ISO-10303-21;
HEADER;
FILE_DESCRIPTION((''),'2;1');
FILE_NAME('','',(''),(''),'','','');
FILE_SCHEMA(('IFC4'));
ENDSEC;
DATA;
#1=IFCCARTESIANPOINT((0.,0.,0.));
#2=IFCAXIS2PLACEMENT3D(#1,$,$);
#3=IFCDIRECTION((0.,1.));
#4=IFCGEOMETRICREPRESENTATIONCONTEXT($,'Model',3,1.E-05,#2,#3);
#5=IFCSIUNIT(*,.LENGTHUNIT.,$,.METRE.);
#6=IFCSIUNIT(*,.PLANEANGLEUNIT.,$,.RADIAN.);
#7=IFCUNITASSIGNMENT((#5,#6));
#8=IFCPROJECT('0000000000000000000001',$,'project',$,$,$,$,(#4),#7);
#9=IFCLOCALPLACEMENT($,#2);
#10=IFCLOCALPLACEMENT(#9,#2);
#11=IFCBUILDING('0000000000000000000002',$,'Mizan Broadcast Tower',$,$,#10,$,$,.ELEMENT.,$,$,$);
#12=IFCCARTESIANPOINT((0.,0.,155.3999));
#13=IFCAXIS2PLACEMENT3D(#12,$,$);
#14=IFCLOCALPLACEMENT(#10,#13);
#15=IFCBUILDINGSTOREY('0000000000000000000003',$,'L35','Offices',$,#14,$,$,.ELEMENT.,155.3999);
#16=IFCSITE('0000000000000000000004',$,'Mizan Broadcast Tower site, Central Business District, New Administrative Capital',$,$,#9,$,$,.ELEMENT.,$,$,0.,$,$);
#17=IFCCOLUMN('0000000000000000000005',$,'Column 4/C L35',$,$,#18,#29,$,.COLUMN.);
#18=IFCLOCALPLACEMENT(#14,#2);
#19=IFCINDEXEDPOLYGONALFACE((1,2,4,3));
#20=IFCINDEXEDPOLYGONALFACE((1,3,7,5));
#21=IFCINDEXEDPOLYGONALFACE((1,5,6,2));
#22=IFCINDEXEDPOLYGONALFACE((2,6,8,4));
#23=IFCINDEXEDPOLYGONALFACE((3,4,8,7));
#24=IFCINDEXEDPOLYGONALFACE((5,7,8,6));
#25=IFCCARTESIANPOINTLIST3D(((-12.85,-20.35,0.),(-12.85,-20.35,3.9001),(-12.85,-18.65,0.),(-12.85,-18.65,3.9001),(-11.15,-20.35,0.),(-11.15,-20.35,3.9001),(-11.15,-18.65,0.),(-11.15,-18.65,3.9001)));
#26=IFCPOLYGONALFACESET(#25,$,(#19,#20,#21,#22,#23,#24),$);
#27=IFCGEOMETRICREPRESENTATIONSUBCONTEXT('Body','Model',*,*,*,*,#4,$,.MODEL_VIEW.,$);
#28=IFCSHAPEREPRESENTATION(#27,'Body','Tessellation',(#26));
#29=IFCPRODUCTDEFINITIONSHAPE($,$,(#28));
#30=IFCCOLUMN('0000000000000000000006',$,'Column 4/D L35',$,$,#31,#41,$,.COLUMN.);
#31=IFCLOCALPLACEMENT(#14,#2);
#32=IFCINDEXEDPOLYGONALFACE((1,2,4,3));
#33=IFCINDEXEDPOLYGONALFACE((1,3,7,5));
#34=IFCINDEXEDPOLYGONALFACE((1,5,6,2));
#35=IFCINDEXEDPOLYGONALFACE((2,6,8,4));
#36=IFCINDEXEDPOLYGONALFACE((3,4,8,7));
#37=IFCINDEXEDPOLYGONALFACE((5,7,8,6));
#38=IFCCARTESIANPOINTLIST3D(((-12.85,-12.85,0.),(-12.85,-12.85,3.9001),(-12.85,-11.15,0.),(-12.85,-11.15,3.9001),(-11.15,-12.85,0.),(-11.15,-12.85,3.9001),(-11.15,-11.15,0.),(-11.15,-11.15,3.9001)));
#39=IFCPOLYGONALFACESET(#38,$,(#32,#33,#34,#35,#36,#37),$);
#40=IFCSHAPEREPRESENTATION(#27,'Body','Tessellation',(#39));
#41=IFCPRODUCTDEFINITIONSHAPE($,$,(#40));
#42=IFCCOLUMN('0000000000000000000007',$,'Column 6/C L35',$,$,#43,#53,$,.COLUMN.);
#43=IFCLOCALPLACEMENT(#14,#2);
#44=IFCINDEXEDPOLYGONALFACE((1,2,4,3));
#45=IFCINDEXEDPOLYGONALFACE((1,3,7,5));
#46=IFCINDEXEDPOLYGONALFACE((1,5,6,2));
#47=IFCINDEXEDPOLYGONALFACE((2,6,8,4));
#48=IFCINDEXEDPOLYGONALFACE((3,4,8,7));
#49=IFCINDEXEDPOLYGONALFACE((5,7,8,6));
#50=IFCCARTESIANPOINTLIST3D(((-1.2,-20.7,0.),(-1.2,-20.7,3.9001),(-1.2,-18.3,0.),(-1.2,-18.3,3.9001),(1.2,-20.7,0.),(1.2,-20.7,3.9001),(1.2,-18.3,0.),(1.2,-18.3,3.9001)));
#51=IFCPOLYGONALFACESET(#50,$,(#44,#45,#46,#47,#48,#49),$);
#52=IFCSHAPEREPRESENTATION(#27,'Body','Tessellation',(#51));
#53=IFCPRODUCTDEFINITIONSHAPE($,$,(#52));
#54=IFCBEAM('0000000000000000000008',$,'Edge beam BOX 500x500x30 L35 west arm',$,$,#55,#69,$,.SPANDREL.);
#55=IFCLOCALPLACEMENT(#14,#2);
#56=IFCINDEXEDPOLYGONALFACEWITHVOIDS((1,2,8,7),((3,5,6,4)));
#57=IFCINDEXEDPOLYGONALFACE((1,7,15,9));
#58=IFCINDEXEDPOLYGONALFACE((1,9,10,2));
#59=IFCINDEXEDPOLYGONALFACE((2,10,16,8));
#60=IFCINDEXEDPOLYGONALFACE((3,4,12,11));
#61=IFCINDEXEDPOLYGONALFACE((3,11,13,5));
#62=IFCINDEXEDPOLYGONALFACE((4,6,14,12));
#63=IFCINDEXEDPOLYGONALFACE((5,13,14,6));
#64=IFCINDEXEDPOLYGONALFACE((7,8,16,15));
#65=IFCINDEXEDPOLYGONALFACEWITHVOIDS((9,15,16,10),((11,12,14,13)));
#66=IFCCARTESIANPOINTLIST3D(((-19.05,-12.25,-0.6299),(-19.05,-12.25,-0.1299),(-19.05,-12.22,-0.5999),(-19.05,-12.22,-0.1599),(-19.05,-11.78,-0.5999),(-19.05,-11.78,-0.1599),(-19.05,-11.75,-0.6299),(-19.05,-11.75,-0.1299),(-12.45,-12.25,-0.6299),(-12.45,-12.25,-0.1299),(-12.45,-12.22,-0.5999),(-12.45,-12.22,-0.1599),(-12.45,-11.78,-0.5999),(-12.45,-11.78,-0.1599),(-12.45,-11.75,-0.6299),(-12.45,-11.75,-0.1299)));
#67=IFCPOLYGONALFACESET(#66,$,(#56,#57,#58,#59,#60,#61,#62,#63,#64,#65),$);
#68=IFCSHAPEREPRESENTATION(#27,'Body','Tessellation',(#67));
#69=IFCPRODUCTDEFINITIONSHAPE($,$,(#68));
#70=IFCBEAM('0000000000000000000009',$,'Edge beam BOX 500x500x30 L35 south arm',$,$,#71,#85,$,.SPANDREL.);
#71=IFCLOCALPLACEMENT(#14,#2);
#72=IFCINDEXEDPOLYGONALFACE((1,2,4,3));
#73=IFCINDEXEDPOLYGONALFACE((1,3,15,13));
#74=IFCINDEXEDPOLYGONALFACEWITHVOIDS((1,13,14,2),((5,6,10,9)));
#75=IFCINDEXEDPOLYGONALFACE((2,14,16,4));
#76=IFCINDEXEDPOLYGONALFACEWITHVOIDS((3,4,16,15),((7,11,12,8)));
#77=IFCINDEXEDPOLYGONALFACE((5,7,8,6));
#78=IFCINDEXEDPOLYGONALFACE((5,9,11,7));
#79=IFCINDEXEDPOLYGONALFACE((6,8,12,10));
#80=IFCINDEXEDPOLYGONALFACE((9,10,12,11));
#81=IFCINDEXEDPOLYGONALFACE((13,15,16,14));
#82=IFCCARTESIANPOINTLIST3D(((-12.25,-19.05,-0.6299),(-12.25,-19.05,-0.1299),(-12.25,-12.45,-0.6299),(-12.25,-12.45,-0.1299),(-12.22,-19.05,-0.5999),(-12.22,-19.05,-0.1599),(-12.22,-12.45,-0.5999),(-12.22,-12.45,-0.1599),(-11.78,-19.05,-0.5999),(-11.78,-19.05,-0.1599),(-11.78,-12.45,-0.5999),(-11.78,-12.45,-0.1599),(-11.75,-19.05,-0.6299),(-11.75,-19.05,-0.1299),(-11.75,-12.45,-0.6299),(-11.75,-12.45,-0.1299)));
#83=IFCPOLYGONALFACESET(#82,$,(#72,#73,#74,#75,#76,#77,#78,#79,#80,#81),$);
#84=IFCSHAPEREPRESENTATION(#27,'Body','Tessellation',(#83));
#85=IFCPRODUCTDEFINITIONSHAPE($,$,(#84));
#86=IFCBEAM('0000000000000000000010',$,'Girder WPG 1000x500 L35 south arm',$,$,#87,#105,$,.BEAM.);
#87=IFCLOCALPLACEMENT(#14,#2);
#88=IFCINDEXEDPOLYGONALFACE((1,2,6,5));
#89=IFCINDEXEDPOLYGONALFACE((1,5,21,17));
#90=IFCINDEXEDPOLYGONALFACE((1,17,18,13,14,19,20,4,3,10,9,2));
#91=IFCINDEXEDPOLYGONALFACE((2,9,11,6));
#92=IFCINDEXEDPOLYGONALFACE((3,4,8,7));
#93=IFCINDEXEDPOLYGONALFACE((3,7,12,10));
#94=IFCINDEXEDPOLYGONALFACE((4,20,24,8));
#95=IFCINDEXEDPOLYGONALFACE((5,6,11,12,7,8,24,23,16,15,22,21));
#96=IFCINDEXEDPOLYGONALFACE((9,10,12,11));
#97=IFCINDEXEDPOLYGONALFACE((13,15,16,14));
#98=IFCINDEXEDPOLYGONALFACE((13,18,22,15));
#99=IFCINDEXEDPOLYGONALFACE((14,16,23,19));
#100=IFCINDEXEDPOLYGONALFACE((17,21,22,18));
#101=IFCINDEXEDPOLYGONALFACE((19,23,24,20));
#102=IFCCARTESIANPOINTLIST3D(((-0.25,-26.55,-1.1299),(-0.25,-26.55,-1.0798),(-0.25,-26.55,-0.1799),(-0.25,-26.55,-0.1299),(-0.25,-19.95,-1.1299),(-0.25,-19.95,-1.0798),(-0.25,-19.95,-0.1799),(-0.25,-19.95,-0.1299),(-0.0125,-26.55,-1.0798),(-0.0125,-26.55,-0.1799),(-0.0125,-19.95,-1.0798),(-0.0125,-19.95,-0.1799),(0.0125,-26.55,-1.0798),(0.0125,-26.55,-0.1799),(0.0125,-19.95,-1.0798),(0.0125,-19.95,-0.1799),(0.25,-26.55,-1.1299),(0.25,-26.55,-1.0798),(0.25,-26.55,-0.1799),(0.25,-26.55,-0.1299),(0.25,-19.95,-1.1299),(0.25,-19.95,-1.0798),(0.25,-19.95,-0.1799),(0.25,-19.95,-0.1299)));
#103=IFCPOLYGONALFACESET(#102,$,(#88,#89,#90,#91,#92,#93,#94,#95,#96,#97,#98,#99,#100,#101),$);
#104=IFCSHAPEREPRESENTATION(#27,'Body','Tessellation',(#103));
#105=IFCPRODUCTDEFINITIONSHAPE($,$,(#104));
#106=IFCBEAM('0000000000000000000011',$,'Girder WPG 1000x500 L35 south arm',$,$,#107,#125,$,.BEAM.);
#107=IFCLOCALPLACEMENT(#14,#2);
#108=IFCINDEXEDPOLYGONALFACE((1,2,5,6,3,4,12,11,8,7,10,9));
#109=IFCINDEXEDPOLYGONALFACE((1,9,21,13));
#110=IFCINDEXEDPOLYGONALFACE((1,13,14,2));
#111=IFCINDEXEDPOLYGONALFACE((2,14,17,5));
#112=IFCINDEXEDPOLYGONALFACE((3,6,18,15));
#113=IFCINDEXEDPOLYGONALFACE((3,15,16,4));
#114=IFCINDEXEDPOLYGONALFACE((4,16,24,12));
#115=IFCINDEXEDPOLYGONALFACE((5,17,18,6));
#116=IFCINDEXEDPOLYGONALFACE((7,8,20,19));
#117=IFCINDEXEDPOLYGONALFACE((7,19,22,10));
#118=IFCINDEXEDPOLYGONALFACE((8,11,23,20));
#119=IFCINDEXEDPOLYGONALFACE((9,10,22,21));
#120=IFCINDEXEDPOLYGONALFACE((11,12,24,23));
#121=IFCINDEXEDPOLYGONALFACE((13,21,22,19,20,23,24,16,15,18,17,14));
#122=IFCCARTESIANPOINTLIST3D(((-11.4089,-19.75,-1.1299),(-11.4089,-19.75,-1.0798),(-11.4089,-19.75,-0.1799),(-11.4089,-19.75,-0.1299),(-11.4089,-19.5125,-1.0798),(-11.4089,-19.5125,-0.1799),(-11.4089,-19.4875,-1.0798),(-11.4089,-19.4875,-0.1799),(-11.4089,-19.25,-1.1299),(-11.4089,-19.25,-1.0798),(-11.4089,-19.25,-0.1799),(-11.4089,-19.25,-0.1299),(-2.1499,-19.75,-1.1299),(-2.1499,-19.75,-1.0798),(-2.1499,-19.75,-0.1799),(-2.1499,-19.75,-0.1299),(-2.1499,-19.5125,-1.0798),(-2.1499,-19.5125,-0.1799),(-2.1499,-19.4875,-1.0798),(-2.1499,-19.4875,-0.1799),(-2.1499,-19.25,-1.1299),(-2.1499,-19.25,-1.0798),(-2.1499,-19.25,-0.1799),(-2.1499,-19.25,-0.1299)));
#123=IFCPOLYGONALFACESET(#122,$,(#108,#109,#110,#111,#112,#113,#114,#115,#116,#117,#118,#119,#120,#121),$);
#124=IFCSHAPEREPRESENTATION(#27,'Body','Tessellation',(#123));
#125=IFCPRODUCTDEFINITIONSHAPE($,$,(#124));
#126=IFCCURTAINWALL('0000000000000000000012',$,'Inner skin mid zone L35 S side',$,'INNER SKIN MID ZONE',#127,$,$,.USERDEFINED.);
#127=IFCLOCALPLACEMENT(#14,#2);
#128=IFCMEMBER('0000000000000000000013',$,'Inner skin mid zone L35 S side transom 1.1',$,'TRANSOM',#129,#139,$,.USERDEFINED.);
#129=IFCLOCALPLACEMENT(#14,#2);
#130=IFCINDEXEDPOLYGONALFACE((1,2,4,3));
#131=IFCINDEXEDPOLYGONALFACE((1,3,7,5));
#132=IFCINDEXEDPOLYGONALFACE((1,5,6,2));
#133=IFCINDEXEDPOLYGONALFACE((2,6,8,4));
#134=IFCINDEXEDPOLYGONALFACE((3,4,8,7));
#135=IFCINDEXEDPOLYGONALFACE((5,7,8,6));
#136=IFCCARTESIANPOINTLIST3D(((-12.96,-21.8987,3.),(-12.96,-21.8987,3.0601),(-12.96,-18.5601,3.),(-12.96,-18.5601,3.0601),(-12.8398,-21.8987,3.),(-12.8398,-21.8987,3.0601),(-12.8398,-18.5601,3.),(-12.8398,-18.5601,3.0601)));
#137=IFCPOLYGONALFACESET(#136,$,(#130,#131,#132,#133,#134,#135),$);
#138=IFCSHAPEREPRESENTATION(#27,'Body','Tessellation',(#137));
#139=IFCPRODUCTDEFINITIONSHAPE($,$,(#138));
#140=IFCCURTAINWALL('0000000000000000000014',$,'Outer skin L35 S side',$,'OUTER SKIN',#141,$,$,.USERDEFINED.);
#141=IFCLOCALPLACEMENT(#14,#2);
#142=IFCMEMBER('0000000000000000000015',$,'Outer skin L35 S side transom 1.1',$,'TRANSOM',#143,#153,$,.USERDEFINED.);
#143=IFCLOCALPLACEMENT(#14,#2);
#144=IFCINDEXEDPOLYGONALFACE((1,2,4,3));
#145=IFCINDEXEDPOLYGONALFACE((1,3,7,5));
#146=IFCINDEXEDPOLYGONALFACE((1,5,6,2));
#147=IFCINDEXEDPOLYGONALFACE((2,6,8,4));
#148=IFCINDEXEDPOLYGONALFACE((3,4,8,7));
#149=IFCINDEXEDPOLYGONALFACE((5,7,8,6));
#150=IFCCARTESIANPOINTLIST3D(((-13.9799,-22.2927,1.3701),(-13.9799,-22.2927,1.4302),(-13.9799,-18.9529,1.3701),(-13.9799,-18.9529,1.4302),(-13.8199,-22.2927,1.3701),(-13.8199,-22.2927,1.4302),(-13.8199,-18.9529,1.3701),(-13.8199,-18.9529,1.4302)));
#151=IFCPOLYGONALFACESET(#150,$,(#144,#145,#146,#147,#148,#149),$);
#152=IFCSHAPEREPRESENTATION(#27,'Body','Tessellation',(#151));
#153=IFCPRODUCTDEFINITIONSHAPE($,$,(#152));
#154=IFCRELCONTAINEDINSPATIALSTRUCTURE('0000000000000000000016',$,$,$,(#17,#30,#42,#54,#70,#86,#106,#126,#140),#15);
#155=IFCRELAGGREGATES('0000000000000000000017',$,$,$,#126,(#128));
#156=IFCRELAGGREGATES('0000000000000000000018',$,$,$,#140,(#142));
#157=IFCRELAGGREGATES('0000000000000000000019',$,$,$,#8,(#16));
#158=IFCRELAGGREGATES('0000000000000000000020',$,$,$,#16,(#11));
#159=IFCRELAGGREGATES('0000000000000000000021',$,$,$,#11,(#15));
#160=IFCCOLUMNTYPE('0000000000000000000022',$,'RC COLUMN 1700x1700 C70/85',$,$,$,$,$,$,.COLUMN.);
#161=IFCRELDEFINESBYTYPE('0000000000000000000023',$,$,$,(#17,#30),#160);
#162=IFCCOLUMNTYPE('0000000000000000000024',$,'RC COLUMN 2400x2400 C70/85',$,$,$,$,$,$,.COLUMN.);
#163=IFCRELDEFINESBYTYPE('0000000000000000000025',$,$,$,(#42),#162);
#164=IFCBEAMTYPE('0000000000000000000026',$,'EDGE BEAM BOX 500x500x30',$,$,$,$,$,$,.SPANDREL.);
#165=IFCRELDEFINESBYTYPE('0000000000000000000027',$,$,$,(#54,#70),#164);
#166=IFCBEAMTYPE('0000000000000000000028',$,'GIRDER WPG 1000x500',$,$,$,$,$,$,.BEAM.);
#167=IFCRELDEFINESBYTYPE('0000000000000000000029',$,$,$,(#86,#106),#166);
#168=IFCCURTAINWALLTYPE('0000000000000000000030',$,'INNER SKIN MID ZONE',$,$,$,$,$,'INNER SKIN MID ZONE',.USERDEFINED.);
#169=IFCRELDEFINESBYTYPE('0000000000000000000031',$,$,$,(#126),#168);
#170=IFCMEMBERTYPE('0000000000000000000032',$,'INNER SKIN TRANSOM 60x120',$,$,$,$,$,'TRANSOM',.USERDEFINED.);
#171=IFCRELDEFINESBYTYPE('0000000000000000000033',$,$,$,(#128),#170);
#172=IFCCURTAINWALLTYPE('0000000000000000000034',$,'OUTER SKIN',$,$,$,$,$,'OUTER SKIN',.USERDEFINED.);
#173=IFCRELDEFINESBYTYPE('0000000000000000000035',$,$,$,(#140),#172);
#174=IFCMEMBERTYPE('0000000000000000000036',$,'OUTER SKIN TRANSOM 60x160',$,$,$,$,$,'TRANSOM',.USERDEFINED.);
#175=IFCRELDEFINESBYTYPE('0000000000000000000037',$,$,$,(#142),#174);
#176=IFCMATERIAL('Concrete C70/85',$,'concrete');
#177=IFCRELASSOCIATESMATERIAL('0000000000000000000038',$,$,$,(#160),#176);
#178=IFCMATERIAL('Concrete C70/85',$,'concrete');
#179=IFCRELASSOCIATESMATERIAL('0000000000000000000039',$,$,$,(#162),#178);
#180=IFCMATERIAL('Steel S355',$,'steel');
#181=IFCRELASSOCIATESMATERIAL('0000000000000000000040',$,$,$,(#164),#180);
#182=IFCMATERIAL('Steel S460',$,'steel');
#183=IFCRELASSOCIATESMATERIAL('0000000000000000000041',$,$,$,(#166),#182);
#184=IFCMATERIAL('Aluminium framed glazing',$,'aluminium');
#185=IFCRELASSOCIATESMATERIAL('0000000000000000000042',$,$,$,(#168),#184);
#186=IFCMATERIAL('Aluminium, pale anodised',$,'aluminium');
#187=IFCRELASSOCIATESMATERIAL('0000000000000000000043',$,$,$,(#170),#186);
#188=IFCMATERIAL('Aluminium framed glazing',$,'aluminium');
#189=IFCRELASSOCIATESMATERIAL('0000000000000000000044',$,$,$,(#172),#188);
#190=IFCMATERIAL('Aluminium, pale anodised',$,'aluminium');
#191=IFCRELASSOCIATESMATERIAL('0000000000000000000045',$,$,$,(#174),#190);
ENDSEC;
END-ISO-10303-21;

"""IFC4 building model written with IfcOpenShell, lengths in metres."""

from ifc_helpers import new_model, si_unit, direction, frame, origin, origin_2d, place, context, subcontext, project, spatial, rectangle, hollow_rectangle, i_section, extrude, material, material_profile, profile_set, type_object, element, aggregate, save


model = new_model("IFC4")

# Units and contexts
model_context = context("Model", 3, precision=1e-05, world=origin(), true_north=direction((0.0, 1.0)))
body_context = subcontext(model_context, "Body", "Model", "MODEL_VIEW")
ifc_project = project(units=[si_unit("LENGTHUNIT", "METRE"), si_unit("PLANEANGLEUNIT", "RADIAN")], contexts=[model_context])

# Site, building, storey
site_placement = place(None, origin())
site = spatial("IfcSite", under=ifc_project, at=site_placement, Name="Mizan Broadcast Tower site, Central Business District, New Administrative Capital", CompositionType="ELEMENT", RefElevation=0.0)
building_placement = place(site_placement, origin())
building = spatial("IfcBuilding", under=site, at=building_placement, Name="Mizan Broadcast Tower", CompositionType="ELEMENT")
storey_placement = place(building_placement, frame((0.0, 0.0, 155.3999)))
storey = spatial("IfcBuildingStorey", under=building, at=storey_placement, Name="L35", Description="Offices", CompositionType="ELEMENT", Elevation=155.3999)

# Columns
ifc_material_1 = material(Name="Concrete C70/85", Category="concrete")
ifc_material_profile_1 = material_profile(ifc_material_1, rectangle(XDim=1.7, YDim=1.7, at=origin_2d()), Name="RC 1700x1700")
ifc_profile_set_1 = profile_set([ifc_material_profile_1], Name="Concrete C70/85")
column_type_1 = type_object("IfcColumnType", Name="RC COLUMN 1700x1700 C70/85", PredefinedType="COLUMN", material=ifc_profile_set_1)
for number, where, z_axis, x_axis, name in (
    (1, (-12.0, -19.5, 0.0), (0.0, 0.0, 1.0), (1.0, 0.0, 0.0), "Column 4/C L35"),
    (2, (-12.0, -12.0, 0.0), (0.0, 0.0, 1.0), (1.0, 0.0, 0.0), "Column 4/D L35"),
):
    element("IfcColumn", number, at=place(storey_placement, frame(where, z_axis=z_axis, x_axis=x_axis)), inside=storey, type_object=column_type_1, Name=name, PredefinedType="COLUMN", context=body_context, shape_type="SweptSolid", body=[
        extrude(rectangle(XDim=1.7, YDim=1.7, at=origin_2d()), origin(), (0.0, 0.0, 1.0), 3.9001),
    ])
ifc_material_2 = material(Name="Concrete C70/85", Category="concrete")
ifc_material_profile_2 = material_profile(ifc_material_2, rectangle(XDim=2.3999, YDim=2.3999, at=origin_2d()), Name="RC 2400x2400")
ifc_profile_set_2 = profile_set([ifc_material_profile_2], Name="Concrete C70/85")
column_type_2 = type_object("IfcColumnType", Name="RC COLUMN 2400x2400 C70/85", PredefinedType="COLUMN", material=ifc_profile_set_2)
column_placement = place(storey_placement, frame((0.0, -19.5, 0.0), z_axis=(0.0, 0.0, 1.0), x_axis=(1.0, 0.0, 0.0)))
element("IfcColumn", 3, at=column_placement, inside=storey, type_object=column_type_2, Name="Column 6/C L35", PredefinedType="COLUMN", context=body_context, shape_type="SweptSolid", body=[
    extrude(rectangle(XDim=2.3999, YDim=2.3999, at=origin_2d()), origin(), (0.0, 0.0, 1.0), 3.9001),
])

# Beams
ifc_material_3 = material(Name="Steel S355", Category="steel")
ifc_material_profile_3 = material_profile(ifc_material_3, hollow_rectangle(XDim=0.5, YDim=0.5, WallThickness=0.03, at=origin_2d()), Name="BOX 500x500x30")
ifc_profile_set_3 = profile_set([ifc_material_profile_3], Name="Steel S355")
beam_type_1 = type_object("IfcBeamType", Name="EDGE BEAM BOX 500x500x30", PredefinedType="SPANDREL", material=ifc_profile_set_3)
for number, where, z_axis, x_axis, name in (
    (4, (-12.45, -12.0, -0.3799), (-1.0, 0.0, 0.0), (0.0, -1.0, 0.0), "Edge beam BOX 500x500x30 L35 west arm"),
    (5, (-12.0, -12.45, -0.3799), (0.0, -1.0, 0.0), (1.0, 0.0, 0.0), "Edge beam BOX 500x500x30 L35 south arm"),
):
    element("IfcBeam", number, at=place(storey_placement, frame(where, z_axis=z_axis, x_axis=x_axis)), inside=storey, type_object=beam_type_1, Name=name, PredefinedType="SPANDREL", context=body_context, shape_type="SweptSolid", body=[
        extrude(hollow_rectangle(XDim=0.5, YDim=0.5, WallThickness=0.03, at=origin_2d()), origin(), (0.0, 0.0, 1.0), 6.6001),
    ])
ifc_material_4 = material(Name="Steel S460", Category="steel")
ifc_material_profile_4 = material_profile(ifc_material_4, i_section(OverallWidth=0.5, OverallDepth=1.0, WebThickness=0.0249, FlangeThickness=0.05, at=origin_2d()), Name="WPG 1000x500")
ifc_profile_set_4 = profile_set([ifc_material_profile_4], Name="Steel S460")
beam_type_2 = type_object("IfcBeamType", Name="GIRDER WPG 1000x500", PredefinedType="BEAM", material=ifc_profile_set_4)
beam_1_placement = place(storey_placement, frame((0.0, -19.95, -0.6299), z_axis=(0.0, -1.0, 0.0), x_axis=(1.0, 0.0, 0.0)))
element("IfcBeam", 6, at=beam_1_placement, inside=storey, type_object=beam_type_2, Name="Girder WPG 1000x500 L35 south arm", PredefinedType="BEAM", context=body_context, shape_type="SweptSolid", body=[
    extrude(i_section(OverallWidth=0.5, OverallDepth=1.0, WebThickness=0.0249, FlangeThickness=0.05, at=origin_2d()), origin(), (0.0, 0.0, 1.0), 6.6001),
])
beam_2_placement = place(storey_placement, frame((-11.4089, -19.5, -0.6299), z_axis=(1.0, 0.0, 0.0), x_axis=(0.0, 1.0, 0.0)))
element("IfcBeam", 7, at=beam_2_placement, inside=storey, type_object=beam_type_2, Name="Girder WPG 1000x500 L35 south arm", PredefinedType="BEAM", context=body_context, shape_type="SweptSolid", body=[
    extrude(i_section(OverallWidth=0.5, OverallDepth=1.0, WebThickness=0.0249, FlangeThickness=0.05, at=origin_2d()), origin(), (0.0, 0.0, 1.0), 9.259),
])

# Curtain walls, members
ifc_material_5 = material(Name="Aluminium framed glazing", Category="aluminium")
curtain_wall_type_1 = type_object("IfcCurtainWallType", Name="INNER SKIN MID ZONE", ElementType="INNER SKIN MID ZONE", PredefinedType="USERDEFINED", material=ifc_material_5)
curtain_wall_1_placement = place(storey_placement, origin())
curtain_wall_1 = element("IfcCurtainWall", 8, at=curtain_wall_1_placement, inside=storey, type_object=curtain_wall_type_1, Name="Inner skin mid zone L35 S side", ObjectType="INNER SKIN MID ZONE", PredefinedType="USERDEFINED")
ifc_material_6 = material(Name="Aluminium, pale anodised", Category="aluminium")
ifc_material_profile_5 = material_profile(ifc_material_6, rectangle(XDim=0.1201, YDim=0.0601, at=origin_2d()), Name="TRANSOM 120x60")
ifc_profile_set_5 = profile_set([ifc_material_profile_5], Name="Aluminium, pale anodised")
member_type_1 = type_object("IfcMemberType", Name="INNER SKIN TRANSOM 60x120", ElementType="TRANSOM", PredefinedType="USERDEFINED", material=ifc_profile_set_5)
member_1_placement = place(storey_placement, frame((-12.8999, -18.5601, 3.03), z_axis=(0.0, -1.0, 0.0), x_axis=(1.0, 0.0, 0.0)))
member_1 = element("IfcMember", 9, at=member_1_placement, type_object=member_type_1, Name="Inner skin mid zone L35 S side transom 1.1", ObjectType="TRANSOM", PredefinedType="USERDEFINED", context=body_context, shape_type="SweptSolid", body=[
    extrude(rectangle(XDim=0.1201, YDim=0.0601, at=origin_2d()), origin(), (0.0, 0.0, 1.0), 3.3386),
])
aggregate(curtain_wall_1, [member_1])
ifc_material_7 = material(Name="Aluminium framed glazing", Category="aluminium")
curtain_wall_type_2 = type_object("IfcCurtainWallType", Name="OUTER SKIN", ElementType="OUTER SKIN", PredefinedType="USERDEFINED", material=ifc_material_7)
curtain_wall_2_placement = place(storey_placement, origin())
curtain_wall_2 = element("IfcCurtainWall", 10, at=curtain_wall_2_placement, inside=storey, type_object=curtain_wall_type_2, Name="Outer skin L35 S side", ObjectType="OUTER SKIN", PredefinedType="USERDEFINED")
ifc_material_8 = material(Name="Aluminium, pale anodised", Category="aluminium")
ifc_material_profile_6 = material_profile(ifc_material_8, rectangle(XDim=0.1599, YDim=0.0601, at=origin_2d()), Name="TRANSOM 160x60")
ifc_profile_set_6 = profile_set([ifc_material_profile_6], Name="Aluminium, pale anodised")
member_type_2 = type_object("IfcMemberType", Name="OUTER SKIN TRANSOM 60x160", ElementType="TRANSOM", PredefinedType="USERDEFINED", material=ifc_profile_set_6)
member_2_placement = place(storey_placement, frame((-13.8999, -18.9529, 1.4001), z_axis=(0.0, -1.0, 0.0), x_axis=(1.0, 0.0, 0.0)))
member_2 = element("IfcMember", 11, at=member_2_placement, type_object=member_type_2, Name="Outer skin L35 S side transom 1.1", ObjectType="TRANSOM", PredefinedType="USERDEFINED", context=body_context, shape_type="SweptSolid", body=[
    extrude(rectangle(XDim=0.1599, YDim=0.0601, at=origin_2d()), origin(), (0.0, 0.0, 1.0), 3.3398),
])
aggregate(curtain_wall_2, [member_2])

save(model, "model.ifc")
